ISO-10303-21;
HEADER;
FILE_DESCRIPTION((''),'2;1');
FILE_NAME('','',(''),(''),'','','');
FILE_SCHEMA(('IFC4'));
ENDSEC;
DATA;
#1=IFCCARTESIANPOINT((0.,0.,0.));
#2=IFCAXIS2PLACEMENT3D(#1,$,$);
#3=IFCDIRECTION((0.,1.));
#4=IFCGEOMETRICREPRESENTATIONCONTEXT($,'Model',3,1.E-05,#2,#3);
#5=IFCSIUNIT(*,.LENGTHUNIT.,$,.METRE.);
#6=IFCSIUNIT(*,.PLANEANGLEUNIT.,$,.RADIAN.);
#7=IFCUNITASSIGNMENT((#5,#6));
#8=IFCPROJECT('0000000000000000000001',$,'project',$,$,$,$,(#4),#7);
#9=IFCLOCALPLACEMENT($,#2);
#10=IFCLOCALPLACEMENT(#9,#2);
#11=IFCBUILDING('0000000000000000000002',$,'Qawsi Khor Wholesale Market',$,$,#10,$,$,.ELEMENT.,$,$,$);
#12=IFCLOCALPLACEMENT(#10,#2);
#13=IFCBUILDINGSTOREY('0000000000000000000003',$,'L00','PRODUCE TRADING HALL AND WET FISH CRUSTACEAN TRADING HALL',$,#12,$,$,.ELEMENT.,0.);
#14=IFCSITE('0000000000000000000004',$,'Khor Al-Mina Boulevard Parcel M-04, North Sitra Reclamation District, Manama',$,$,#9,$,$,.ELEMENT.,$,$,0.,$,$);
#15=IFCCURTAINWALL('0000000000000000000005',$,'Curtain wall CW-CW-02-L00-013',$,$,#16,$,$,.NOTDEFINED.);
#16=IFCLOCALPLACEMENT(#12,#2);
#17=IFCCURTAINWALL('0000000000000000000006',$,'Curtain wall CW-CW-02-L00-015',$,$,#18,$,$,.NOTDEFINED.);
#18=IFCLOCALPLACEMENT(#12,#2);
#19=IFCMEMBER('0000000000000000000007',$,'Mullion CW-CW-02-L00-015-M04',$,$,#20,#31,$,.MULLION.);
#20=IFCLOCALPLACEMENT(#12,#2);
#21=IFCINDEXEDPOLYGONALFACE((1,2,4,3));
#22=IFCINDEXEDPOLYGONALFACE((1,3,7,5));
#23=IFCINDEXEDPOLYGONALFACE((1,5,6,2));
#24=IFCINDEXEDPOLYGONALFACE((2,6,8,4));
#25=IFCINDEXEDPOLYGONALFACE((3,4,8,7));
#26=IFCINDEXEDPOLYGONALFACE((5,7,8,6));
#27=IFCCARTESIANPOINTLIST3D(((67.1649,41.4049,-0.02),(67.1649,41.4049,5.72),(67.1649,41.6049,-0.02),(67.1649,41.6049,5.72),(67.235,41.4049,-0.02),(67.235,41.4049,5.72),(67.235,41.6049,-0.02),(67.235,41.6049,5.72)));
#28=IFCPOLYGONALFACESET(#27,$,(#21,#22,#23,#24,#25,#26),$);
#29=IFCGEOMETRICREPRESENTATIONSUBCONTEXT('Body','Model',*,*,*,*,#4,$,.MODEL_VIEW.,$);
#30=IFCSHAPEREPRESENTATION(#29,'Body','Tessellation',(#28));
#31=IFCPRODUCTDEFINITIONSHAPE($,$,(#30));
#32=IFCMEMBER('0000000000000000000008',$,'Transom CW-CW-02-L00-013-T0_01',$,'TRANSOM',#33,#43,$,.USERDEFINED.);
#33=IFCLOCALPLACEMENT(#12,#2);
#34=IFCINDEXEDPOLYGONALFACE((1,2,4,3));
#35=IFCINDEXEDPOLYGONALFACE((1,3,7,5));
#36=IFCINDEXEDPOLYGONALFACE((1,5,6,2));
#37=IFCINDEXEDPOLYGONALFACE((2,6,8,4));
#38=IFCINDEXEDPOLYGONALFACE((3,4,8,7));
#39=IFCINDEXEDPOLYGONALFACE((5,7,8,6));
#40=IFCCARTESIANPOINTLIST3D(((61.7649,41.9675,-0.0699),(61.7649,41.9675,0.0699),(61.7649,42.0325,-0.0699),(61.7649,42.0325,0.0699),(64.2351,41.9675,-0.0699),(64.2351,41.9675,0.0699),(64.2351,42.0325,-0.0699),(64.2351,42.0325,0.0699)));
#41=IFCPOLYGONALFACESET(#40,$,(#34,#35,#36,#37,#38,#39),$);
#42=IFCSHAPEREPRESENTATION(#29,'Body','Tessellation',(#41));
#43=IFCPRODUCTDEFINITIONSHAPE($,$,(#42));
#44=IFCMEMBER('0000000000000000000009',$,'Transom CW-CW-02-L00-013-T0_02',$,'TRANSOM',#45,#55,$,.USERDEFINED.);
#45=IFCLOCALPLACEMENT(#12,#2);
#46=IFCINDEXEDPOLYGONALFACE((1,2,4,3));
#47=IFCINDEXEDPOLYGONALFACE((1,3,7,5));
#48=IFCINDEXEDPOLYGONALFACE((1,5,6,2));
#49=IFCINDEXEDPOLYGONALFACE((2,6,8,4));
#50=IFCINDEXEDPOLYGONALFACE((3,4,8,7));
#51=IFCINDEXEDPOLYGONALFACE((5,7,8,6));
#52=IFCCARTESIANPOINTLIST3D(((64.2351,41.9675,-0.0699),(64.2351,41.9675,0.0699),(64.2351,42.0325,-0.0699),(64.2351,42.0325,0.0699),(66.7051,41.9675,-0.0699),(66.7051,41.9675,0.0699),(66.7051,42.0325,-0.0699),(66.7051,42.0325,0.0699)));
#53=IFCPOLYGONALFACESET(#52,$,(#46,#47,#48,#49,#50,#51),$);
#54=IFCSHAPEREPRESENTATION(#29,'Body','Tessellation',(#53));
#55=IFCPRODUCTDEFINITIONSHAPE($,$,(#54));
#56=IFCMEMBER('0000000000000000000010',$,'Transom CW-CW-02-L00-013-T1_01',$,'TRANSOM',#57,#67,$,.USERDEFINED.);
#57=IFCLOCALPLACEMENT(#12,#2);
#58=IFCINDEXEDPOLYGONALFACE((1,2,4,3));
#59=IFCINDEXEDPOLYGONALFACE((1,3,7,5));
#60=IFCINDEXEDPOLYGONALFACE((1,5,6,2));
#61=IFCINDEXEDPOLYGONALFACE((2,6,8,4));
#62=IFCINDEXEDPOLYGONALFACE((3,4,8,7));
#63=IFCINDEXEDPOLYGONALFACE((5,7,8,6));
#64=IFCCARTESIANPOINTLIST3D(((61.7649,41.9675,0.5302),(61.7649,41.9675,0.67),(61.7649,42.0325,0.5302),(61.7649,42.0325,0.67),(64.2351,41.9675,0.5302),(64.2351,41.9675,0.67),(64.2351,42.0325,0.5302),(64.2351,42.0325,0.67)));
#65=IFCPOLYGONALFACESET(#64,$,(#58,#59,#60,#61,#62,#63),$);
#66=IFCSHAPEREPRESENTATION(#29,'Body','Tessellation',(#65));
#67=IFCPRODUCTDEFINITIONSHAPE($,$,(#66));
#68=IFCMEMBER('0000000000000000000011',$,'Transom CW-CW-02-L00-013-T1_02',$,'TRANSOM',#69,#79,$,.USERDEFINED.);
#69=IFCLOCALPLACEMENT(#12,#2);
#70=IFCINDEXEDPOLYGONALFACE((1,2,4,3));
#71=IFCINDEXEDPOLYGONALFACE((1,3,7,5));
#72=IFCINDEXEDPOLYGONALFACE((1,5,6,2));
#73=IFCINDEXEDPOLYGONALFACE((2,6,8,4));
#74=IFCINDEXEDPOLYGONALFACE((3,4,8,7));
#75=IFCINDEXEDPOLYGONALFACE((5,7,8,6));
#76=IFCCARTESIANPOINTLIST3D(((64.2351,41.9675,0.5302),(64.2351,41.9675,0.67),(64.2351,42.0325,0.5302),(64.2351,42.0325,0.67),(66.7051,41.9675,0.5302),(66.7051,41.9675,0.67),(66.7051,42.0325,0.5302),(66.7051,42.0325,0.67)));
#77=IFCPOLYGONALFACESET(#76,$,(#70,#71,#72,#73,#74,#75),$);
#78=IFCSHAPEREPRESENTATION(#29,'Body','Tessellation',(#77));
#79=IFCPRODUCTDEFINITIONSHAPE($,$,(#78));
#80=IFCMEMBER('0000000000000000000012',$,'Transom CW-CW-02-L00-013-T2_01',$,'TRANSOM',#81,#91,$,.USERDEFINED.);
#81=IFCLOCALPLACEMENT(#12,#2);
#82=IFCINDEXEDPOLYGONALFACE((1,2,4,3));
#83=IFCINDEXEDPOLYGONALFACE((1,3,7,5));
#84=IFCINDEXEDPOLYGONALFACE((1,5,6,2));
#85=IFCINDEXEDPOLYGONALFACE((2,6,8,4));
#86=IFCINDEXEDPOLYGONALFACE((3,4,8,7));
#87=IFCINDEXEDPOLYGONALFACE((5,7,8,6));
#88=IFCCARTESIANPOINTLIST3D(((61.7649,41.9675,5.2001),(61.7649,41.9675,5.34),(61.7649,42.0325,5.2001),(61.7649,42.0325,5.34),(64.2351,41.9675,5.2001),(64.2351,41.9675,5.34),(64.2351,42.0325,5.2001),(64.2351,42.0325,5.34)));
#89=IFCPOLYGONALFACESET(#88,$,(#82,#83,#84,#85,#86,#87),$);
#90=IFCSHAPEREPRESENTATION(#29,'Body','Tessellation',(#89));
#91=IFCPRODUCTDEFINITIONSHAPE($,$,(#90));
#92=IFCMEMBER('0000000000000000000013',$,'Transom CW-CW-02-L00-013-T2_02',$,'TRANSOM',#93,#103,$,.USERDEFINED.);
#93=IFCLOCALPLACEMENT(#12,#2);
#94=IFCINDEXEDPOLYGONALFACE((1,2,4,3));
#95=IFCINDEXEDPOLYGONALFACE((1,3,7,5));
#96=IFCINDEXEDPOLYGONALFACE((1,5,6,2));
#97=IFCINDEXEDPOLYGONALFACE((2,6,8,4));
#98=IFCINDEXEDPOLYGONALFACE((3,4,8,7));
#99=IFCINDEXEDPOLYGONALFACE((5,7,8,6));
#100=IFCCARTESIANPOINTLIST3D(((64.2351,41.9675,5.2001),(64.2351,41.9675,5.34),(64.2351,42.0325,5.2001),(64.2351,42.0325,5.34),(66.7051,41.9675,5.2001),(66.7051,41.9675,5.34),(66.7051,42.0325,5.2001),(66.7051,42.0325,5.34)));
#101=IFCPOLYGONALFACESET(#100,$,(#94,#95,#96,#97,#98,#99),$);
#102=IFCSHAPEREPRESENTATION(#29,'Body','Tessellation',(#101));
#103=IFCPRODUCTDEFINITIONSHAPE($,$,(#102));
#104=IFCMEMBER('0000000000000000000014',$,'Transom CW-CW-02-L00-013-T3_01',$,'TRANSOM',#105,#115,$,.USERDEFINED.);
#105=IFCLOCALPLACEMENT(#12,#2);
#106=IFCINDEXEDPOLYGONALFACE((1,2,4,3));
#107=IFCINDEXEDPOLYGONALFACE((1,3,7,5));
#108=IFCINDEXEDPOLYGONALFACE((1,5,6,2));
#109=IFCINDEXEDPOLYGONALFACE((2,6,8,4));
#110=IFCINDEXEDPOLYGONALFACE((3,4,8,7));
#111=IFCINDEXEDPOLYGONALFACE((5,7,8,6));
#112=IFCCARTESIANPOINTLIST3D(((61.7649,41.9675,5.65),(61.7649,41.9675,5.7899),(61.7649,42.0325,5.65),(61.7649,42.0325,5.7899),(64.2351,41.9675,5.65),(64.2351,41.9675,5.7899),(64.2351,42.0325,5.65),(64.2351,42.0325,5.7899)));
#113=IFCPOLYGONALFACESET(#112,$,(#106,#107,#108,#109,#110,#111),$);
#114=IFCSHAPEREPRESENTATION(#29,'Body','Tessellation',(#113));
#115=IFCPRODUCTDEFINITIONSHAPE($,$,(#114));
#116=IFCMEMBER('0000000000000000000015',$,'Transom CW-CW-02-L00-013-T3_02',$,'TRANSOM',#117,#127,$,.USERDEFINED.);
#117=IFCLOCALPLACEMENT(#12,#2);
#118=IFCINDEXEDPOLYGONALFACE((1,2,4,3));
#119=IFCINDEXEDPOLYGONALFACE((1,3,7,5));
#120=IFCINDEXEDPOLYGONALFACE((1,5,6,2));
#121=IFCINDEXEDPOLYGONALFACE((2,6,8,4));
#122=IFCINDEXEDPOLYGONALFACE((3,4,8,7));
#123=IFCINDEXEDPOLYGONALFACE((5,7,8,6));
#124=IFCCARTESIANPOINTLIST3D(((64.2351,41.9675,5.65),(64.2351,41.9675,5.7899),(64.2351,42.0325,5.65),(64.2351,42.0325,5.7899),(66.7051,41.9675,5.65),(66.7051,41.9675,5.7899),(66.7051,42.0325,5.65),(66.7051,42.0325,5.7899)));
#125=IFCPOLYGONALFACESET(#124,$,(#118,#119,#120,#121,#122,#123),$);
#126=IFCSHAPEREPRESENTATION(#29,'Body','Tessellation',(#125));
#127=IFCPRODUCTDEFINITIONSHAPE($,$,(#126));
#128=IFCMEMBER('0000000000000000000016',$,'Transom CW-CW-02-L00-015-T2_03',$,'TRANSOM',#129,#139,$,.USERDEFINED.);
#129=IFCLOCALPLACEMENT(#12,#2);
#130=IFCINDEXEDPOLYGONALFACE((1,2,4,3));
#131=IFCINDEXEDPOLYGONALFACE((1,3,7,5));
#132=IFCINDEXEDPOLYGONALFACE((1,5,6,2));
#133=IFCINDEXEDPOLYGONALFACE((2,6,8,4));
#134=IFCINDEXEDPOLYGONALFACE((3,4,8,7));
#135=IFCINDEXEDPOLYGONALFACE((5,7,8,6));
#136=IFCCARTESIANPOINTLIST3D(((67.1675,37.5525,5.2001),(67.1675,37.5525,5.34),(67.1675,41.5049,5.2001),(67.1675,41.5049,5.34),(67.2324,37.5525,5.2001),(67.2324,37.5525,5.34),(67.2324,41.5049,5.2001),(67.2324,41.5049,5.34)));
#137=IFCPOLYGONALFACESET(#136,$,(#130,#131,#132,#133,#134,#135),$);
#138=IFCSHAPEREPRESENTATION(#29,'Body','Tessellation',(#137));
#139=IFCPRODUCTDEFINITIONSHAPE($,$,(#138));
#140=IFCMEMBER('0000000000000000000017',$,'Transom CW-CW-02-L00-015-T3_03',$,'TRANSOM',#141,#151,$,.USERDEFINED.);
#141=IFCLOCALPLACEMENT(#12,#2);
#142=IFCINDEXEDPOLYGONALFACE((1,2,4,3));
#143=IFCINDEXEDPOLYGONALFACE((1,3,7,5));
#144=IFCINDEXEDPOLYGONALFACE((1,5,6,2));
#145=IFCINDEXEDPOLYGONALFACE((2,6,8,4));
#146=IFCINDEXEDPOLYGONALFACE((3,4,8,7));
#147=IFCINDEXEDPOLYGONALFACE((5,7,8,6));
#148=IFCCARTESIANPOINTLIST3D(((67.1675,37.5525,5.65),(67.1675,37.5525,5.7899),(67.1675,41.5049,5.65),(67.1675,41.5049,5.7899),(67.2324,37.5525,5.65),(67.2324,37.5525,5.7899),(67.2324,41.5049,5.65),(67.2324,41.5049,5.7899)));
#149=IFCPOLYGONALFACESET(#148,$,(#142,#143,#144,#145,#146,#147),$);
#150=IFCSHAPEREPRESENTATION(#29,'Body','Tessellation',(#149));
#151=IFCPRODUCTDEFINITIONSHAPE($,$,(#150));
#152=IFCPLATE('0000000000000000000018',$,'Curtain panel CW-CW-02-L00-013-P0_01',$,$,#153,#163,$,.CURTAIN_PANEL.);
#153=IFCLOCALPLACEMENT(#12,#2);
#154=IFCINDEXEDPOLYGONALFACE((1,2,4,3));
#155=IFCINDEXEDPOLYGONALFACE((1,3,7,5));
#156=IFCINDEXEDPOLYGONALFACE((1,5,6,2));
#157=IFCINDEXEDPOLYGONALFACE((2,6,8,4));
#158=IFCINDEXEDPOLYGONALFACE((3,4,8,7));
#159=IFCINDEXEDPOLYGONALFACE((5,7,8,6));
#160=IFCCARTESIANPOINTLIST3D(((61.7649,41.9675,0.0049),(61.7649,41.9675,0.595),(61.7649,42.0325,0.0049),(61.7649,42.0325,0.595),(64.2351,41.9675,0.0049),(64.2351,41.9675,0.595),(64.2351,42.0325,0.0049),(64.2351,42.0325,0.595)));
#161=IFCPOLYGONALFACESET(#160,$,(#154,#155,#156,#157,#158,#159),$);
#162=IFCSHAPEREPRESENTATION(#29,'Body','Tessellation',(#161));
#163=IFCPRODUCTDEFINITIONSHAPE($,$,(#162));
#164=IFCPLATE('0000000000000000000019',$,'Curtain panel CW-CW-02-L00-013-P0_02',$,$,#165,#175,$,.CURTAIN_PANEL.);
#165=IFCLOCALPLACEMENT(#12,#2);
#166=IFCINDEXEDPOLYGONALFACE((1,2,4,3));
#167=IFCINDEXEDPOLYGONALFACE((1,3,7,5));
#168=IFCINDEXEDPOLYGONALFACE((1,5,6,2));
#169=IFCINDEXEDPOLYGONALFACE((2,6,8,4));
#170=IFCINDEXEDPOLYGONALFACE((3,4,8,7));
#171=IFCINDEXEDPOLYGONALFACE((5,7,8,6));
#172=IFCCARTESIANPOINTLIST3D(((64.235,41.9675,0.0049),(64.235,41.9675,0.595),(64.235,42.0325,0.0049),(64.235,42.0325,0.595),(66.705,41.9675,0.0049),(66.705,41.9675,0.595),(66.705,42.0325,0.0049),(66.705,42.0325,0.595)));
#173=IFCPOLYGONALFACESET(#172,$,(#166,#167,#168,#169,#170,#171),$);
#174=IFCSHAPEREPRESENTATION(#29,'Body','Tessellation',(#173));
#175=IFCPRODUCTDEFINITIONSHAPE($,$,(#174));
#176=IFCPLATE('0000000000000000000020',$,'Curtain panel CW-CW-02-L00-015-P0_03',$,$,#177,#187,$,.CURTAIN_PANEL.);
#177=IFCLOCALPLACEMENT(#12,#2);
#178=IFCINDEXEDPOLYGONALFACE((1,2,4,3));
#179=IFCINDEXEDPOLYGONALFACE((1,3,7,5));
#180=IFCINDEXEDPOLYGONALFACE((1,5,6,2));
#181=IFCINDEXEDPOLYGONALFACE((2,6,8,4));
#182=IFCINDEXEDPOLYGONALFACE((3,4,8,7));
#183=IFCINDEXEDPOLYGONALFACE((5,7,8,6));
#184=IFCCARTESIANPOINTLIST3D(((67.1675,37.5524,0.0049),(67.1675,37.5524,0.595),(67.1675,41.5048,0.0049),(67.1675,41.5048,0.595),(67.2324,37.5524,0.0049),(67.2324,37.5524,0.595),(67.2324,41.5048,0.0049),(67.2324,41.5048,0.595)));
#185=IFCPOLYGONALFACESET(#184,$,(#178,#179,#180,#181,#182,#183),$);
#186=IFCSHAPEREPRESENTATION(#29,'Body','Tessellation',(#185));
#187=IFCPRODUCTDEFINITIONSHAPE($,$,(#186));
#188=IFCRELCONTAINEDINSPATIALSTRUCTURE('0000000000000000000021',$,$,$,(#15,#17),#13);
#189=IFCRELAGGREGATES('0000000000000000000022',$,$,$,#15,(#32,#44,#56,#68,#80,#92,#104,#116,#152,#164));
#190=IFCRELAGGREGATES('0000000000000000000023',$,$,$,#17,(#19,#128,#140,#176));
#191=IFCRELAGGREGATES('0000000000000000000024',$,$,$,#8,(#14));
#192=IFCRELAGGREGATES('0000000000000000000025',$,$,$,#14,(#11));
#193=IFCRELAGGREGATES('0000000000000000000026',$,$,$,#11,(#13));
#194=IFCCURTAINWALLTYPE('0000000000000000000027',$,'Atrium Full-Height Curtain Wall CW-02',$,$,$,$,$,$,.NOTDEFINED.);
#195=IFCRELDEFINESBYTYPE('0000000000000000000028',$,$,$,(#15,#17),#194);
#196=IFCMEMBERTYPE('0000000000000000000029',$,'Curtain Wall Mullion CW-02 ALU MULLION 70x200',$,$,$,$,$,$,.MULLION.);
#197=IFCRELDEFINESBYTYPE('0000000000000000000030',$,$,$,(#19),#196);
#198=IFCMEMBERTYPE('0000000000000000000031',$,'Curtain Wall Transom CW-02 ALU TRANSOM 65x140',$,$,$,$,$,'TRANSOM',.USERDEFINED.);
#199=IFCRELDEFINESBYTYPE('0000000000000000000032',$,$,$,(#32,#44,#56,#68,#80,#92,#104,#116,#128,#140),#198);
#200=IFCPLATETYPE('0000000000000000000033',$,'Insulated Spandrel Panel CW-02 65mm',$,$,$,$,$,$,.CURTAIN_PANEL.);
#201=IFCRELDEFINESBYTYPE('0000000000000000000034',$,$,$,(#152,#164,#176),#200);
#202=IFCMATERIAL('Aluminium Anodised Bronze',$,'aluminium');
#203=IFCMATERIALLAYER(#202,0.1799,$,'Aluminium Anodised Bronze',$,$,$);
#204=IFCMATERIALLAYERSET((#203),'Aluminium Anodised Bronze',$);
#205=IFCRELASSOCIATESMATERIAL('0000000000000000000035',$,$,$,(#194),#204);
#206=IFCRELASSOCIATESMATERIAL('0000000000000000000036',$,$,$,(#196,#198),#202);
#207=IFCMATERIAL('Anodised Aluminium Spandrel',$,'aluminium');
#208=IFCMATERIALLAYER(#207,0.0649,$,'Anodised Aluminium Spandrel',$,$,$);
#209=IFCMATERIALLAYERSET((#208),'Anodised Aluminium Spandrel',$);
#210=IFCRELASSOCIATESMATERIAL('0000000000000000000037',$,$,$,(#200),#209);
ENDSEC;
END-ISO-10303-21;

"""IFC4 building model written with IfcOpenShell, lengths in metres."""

from ifc_helpers import new_model, si_unit, direction, frame, frame_2d, origin, origin_2d, place, context, subcontext, project, spatial, rectangle, extrude, material, layer, layer_set, material_profile, profile_set, type_object, element, aggregate, save


model = new_model("IFC4")

# Units and contexts
model_context = context("Model", 3, precision=1e-05, world=origin(), true_north=direction((0.0, 1.0)))
body_context = subcontext(model_context, "Body", "Model", "MODEL_VIEW")
ifc_project = project(units=[si_unit("LENGTHUNIT", "METRE"), si_unit("PLANEANGLEUNIT", "RADIAN")], contexts=[model_context])

# Site, building, storey
site_placement = place(None, origin())
site = spatial("IfcSite", under=ifc_project, at=site_placement, Name="Khor Al-Mina Boulevard Parcel M-04, North Sitra Reclamation District, Manama", CompositionType="ELEMENT", RefElevation=0.0)
building_placement = place(site_placement, origin())
building = spatial("IfcBuilding", under=site, at=building_placement, Name="Qawsi Khor Wholesale Market", CompositionType="ELEMENT")
storey_placement = place(building_placement, origin())
storey = spatial("IfcBuildingStorey", under=building, at=storey_placement, Name="L00", Description="PRODUCE TRADING HALL AND WET FISH CRUSTACEAN TRADING HALL", CompositionType="ELEMENT", Elevation=0.0)

# Curtain wall
ifc_material_1 = material(Name="Aluminium Anodised Bronze", Category="aluminium")
ifc_layer_1 = layer(ifc_material_1, 0.1799, Name="Aluminium Anodised Bronze")
ifc_layer_set_1 = layer_set([ifc_layer_1], Name="Aluminium Anodised Bronze")
curtain_wall_type = type_object("IfcCurtainWallType", Name="Atrium Full-Height Curtain Wall CW-02", PredefinedType="NOTDEFINED", material=ifc_layer_set_1)
curtain_wall_1_placement = place(storey_placement, origin())
curtain_wall_1 = element("IfcCurtainWall", 1, at=curtain_wall_1_placement, inside=storey, type_object=curtain_wall_type, Name="Curtain wall CW-CW-02-L00-013", PredefinedType="NOTDEFINED")
ifc_material_profile_1 = material_profile(ifc_material_1, rectangle(XDim=0.0701, YDim=0.2, at=origin_2d()), Name="ALU MULLION 70x200")
ifc_profile_set_1 = profile_set([ifc_material_profile_1], Name="Aluminium Anodised Bronze")
member_type_1 = type_object("IfcMemberType", Name="Curtain Wall Mullion CW-02 ALU MULLION 70x200", PredefinedType="MULLION", material=ifc_profile_set_1)

# Curtain wall, member
curtain_wall_2_placement = place(storey_placement, origin())
curtain_wall_2 = element("IfcCurtainWall", 2, at=curtain_wall_2_placement, inside=storey, type_object=curtain_wall_type, Name="Curtain wall CW-CW-02-L00-015", PredefinedType="NOTDEFINED")
member_1_placement = place(storey_placement, frame((67.2, 41.5049, -0.02), z_axis=(0.0, 0.0, 1.0), x_axis=(1.0, 0.0, 0.0)))
member_1 = element("IfcMember", 3, at=member_1_placement, type_object=member_type_1, Name="Mullion CW-CW-02-L00-015-M04", PredefinedType="MULLION", context=body_context, shape_type="SweptSolid", body=[
    extrude(rectangle(XDim=0.0701, YDim=0.2, at=origin_2d()), origin(), (0.0, 0.0, 1.0), 5.74),
])

# Members
ifc_material_profile_2 = material_profile(ifc_material_1, rectangle(XDim=0.0649, YDim=0.1399, at=origin_2d()), Name="ALU TRANSOM 65x140")
ifc_profile_set_2 = profile_set([ifc_material_profile_2], Name="Aluminium Anodised Bronze")
member_type_2 = type_object("IfcMemberType", Name="Curtain Wall Transom CW-02 ALU TRANSOM 65x140", ElementType="TRANSOM", PredefinedType="USERDEFINED", material=ifc_profile_set_2)
member_2_placement = place(storey_placement, frame((61.7649, 42.0, 0.0), z_axis=(1.0, 0.0, 0.0), x_axis=(0.0, 1.0, 0.0)))
member_2 = element("IfcMember", 4, at=member_2_placement, type_object=member_type_2, Name="Transom CW-CW-02-L00-013-T0_01", ObjectType="TRANSOM", PredefinedType="USERDEFINED", context=body_context, shape_type="SweptSolid", body=[
    extrude(rectangle(XDim=0.0649, YDim=0.1399, at=origin_2d()), origin(), (0.0, 0.0, 1.0), 2.4702),
])
member_3_placement = place(storey_placement, frame((64.2351, 42.0, 0.0), z_axis=(1.0, 0.0, 0.0), x_axis=(0.0, 1.0, 0.0)))
member_3 = element("IfcMember", 5, at=member_3_placement, type_object=member_type_2, Name="Transom CW-CW-02-L00-013-T0_02", ObjectType="TRANSOM", PredefinedType="USERDEFINED", context=body_context, shape_type="SweptSolid", body=[
    extrude(rectangle(XDim=0.0649, YDim=0.1399, at=origin_2d()), origin(), (0.0, 0.0, 1.0), 2.47),
])
member_4_placement = place(storey_placement, frame((61.7649, 42.0, 0.6001), z_axis=(1.0, 0.0, 0.0), x_axis=(0.0, 1.0, 0.0)))
member_4 = element("IfcMember", 6, at=member_4_placement, type_object=member_type_2, Name="Transom CW-CW-02-L00-013-T1_01", ObjectType="TRANSOM", PredefinedType="USERDEFINED", context=body_context, shape_type="SweptSolid", body=[
    extrude(rectangle(XDim=0.0649, YDim=0.1399, at=origin_2d()), origin(), (0.0, 0.0, 1.0), 2.4702),
])
member_5_placement = place(storey_placement, frame((64.2351, 42.0, 0.6001), z_axis=(1.0, 0.0, 0.0), x_axis=(0.0, 1.0, 0.0)))
member_5 = element("IfcMember", 7, at=member_5_placement, type_object=member_type_2, Name="Transom CW-CW-02-L00-013-T1_02", ObjectType="TRANSOM", PredefinedType="USERDEFINED", context=body_context, shape_type="SweptSolid", body=[
    extrude(rectangle(XDim=0.0649, YDim=0.1399, at=origin_2d()), origin(), (0.0, 0.0, 1.0), 2.47),
])
member_6_placement = place(storey_placement, frame((61.7649, 42.0, 5.27), z_axis=(1.0, 0.0, 0.0), x_axis=(0.0, 1.0, 0.0)))
member_6 = element("IfcMember", 8, at=member_6_placement, type_object=member_type_2, Name="Transom CW-CW-02-L00-013-T2_01", ObjectType="TRANSOM", PredefinedType="USERDEFINED", context=body_context, shape_type="SweptSolid", body=[
    extrude(rectangle(XDim=0.0649, YDim=0.1399, at=origin_2d()), origin(), (0.0, 0.0, 1.0), 2.4702),
])
member_7_placement = place(storey_placement, frame((64.2351, 42.0, 5.27), z_axis=(1.0, 0.0, 0.0), x_axis=(0.0, 1.0, 0.0)))
member_7 = element("IfcMember", 9, at=member_7_placement, type_object=member_type_2, Name="Transom CW-CW-02-L00-013-T2_02", ObjectType="TRANSOM", PredefinedType="USERDEFINED", context=body_context, shape_type="SweptSolid", body=[
    extrude(rectangle(XDim=0.0649, YDim=0.1399, at=origin_2d()), origin(), (0.0, 0.0, 1.0), 2.47),
])
member_8_placement = place(storey_placement, frame((61.7649, 42.0, 5.72), z_axis=(1.0, 0.0, 0.0), x_axis=(0.0, 1.0, 0.0)))
member_8 = element("IfcMember", 10, at=member_8_placement, type_object=member_type_2, Name="Transom CW-CW-02-L00-013-T3_01", ObjectType="TRANSOM", PredefinedType="USERDEFINED", context=body_context, shape_type="SweptSolid", body=[
    extrude(rectangle(XDim=0.0649, YDim=0.1399, at=origin_2d()), origin(), (0.0, 0.0, 1.0), 2.4702),
])
member_9_placement = place(storey_placement, frame((64.2351, 42.0, 5.72), z_axis=(1.0, 0.0, 0.0), x_axis=(0.0, 1.0, 0.0)))
member_9 = element("IfcMember", 11, at=member_9_placement, type_object=member_type_2, Name="Transom CW-CW-02-L00-013-T3_02", ObjectType="TRANSOM", PredefinedType="USERDEFINED", context=body_context, shape_type="SweptSolid", body=[
    extrude(rectangle(XDim=0.0649, YDim=0.1399, at=origin_2d()), origin(), (0.0, 0.0, 1.0), 2.47),
])
member_10_placement = place(storey_placement, frame((67.2, 37.5525, 5.27), z_axis=(0.0, 1.0, 0.0), x_axis=(-1.0, 0.0, 0.0)))
member_10 = element("IfcMember", 12, at=member_10_placement, type_object=member_type_2, Name="Transom CW-CW-02-L00-015-T2_03", ObjectType="TRANSOM", PredefinedType="USERDEFINED", context=body_context, shape_type="SweptSolid", body=[
    extrude(rectangle(XDim=0.0649, YDim=0.1399, at=origin_2d()), origin(), (0.0, 0.0, 1.0), 3.9524),
])
member_11_placement = place(storey_placement, frame((67.2, 37.5525, 5.72), z_axis=(0.0, 1.0, 0.0), x_axis=(-1.0, 0.0, 0.0)))
member_11 = element("IfcMember", 13, at=member_11_placement, type_object=member_type_2, Name="Transom CW-CW-02-L00-015-T3_03", ObjectType="TRANSOM", PredefinedType="USERDEFINED", context=body_context, shape_type="SweptSolid", body=[
    extrude(rectangle(XDim=0.0649, YDim=0.1399, at=origin_2d()), origin(), (0.0, 0.0, 1.0), 3.9524),
])

# Plates
ifc_material_2 = material(Name="Anodised Aluminium Spandrel", Category="aluminium")
ifc_layer_2 = layer(ifc_material_2, 0.0649, Name="Anodised Aluminium Spandrel")
ifc_layer_set_2 = layer_set([ifc_layer_2], Name="Anodised Aluminium Spandrel")
plate_type_1 = type_object("IfcPlateType", Name="Insulated Spandrel Panel CW-02 65mm", PredefinedType="CURTAIN_PANEL", material=ifc_layer_set_2)
plate_1_placement = place(storey_placement, frame((61.7649, 42.0, 0.0049), z_axis=(0.0, 0.0, 1.0), x_axis=(1.0, 0.0, 0.0)))
plate_1 = element("IfcPlate", 14, at=plate_1_placement, type_object=plate_type_1, Name="Curtain panel CW-CW-02-L00-013-P0_01", PredefinedType="CURTAIN_PANEL", context=body_context, shape_type="SweptSolid", body=[
    extrude(rectangle(XDim=2.4702, YDim=0.0649, at=frame_2d((1.2351, 0.0))), origin(), (0.0, 0.0, 1.0), 0.5901),
])
plate_2_placement = place(storey_placement, frame((64.2351, 42.0, 0.0049), z_axis=(0.0, 0.0, 1.0), x_axis=(1.0, 0.0, 0.0)))
plate_2 = element("IfcPlate", 15, at=plate_2_placement, type_object=plate_type_1, Name="Curtain panel CW-CW-02-L00-013-P0_02", PredefinedType="CURTAIN_PANEL", context=body_context, shape_type="SweptSolid", body=[
    extrude(rectangle(XDim=2.47, YDim=0.0649, at=frame_2d((1.2349, 0.0))), origin(), (0.0, 0.0, 1.0), 0.5901),
])
plate_3_placement = place(storey_placement, frame((67.2, 37.5525, 0.0049), z_axis=(0.0, 0.0, 1.0), x_axis=(0.0, 1.0, 0.0)))
plate_3 = element("IfcPlate", 16, at=plate_3_placement, type_object=plate_type_1, Name="Curtain panel CW-CW-02-L00-015-P0_03", PredefinedType="CURTAIN_PANEL", context=body_context, shape_type="SweptSolid", body=[
    extrude(rectangle(XDim=3.9524, YDim=0.0649, at=frame_2d((1.9761, 0.0))), origin(), (0.0, 0.0, 1.0), 0.5901),
])
aggregate(curtain_wall_1, [member_2, member_3, member_4, member_5, member_6, member_7, member_8, member_9, plate_1, plate_2])
aggregate(curtain_wall_2, [member_1, member_10, member_11, plate_3])

save(model, "model.ifc")
